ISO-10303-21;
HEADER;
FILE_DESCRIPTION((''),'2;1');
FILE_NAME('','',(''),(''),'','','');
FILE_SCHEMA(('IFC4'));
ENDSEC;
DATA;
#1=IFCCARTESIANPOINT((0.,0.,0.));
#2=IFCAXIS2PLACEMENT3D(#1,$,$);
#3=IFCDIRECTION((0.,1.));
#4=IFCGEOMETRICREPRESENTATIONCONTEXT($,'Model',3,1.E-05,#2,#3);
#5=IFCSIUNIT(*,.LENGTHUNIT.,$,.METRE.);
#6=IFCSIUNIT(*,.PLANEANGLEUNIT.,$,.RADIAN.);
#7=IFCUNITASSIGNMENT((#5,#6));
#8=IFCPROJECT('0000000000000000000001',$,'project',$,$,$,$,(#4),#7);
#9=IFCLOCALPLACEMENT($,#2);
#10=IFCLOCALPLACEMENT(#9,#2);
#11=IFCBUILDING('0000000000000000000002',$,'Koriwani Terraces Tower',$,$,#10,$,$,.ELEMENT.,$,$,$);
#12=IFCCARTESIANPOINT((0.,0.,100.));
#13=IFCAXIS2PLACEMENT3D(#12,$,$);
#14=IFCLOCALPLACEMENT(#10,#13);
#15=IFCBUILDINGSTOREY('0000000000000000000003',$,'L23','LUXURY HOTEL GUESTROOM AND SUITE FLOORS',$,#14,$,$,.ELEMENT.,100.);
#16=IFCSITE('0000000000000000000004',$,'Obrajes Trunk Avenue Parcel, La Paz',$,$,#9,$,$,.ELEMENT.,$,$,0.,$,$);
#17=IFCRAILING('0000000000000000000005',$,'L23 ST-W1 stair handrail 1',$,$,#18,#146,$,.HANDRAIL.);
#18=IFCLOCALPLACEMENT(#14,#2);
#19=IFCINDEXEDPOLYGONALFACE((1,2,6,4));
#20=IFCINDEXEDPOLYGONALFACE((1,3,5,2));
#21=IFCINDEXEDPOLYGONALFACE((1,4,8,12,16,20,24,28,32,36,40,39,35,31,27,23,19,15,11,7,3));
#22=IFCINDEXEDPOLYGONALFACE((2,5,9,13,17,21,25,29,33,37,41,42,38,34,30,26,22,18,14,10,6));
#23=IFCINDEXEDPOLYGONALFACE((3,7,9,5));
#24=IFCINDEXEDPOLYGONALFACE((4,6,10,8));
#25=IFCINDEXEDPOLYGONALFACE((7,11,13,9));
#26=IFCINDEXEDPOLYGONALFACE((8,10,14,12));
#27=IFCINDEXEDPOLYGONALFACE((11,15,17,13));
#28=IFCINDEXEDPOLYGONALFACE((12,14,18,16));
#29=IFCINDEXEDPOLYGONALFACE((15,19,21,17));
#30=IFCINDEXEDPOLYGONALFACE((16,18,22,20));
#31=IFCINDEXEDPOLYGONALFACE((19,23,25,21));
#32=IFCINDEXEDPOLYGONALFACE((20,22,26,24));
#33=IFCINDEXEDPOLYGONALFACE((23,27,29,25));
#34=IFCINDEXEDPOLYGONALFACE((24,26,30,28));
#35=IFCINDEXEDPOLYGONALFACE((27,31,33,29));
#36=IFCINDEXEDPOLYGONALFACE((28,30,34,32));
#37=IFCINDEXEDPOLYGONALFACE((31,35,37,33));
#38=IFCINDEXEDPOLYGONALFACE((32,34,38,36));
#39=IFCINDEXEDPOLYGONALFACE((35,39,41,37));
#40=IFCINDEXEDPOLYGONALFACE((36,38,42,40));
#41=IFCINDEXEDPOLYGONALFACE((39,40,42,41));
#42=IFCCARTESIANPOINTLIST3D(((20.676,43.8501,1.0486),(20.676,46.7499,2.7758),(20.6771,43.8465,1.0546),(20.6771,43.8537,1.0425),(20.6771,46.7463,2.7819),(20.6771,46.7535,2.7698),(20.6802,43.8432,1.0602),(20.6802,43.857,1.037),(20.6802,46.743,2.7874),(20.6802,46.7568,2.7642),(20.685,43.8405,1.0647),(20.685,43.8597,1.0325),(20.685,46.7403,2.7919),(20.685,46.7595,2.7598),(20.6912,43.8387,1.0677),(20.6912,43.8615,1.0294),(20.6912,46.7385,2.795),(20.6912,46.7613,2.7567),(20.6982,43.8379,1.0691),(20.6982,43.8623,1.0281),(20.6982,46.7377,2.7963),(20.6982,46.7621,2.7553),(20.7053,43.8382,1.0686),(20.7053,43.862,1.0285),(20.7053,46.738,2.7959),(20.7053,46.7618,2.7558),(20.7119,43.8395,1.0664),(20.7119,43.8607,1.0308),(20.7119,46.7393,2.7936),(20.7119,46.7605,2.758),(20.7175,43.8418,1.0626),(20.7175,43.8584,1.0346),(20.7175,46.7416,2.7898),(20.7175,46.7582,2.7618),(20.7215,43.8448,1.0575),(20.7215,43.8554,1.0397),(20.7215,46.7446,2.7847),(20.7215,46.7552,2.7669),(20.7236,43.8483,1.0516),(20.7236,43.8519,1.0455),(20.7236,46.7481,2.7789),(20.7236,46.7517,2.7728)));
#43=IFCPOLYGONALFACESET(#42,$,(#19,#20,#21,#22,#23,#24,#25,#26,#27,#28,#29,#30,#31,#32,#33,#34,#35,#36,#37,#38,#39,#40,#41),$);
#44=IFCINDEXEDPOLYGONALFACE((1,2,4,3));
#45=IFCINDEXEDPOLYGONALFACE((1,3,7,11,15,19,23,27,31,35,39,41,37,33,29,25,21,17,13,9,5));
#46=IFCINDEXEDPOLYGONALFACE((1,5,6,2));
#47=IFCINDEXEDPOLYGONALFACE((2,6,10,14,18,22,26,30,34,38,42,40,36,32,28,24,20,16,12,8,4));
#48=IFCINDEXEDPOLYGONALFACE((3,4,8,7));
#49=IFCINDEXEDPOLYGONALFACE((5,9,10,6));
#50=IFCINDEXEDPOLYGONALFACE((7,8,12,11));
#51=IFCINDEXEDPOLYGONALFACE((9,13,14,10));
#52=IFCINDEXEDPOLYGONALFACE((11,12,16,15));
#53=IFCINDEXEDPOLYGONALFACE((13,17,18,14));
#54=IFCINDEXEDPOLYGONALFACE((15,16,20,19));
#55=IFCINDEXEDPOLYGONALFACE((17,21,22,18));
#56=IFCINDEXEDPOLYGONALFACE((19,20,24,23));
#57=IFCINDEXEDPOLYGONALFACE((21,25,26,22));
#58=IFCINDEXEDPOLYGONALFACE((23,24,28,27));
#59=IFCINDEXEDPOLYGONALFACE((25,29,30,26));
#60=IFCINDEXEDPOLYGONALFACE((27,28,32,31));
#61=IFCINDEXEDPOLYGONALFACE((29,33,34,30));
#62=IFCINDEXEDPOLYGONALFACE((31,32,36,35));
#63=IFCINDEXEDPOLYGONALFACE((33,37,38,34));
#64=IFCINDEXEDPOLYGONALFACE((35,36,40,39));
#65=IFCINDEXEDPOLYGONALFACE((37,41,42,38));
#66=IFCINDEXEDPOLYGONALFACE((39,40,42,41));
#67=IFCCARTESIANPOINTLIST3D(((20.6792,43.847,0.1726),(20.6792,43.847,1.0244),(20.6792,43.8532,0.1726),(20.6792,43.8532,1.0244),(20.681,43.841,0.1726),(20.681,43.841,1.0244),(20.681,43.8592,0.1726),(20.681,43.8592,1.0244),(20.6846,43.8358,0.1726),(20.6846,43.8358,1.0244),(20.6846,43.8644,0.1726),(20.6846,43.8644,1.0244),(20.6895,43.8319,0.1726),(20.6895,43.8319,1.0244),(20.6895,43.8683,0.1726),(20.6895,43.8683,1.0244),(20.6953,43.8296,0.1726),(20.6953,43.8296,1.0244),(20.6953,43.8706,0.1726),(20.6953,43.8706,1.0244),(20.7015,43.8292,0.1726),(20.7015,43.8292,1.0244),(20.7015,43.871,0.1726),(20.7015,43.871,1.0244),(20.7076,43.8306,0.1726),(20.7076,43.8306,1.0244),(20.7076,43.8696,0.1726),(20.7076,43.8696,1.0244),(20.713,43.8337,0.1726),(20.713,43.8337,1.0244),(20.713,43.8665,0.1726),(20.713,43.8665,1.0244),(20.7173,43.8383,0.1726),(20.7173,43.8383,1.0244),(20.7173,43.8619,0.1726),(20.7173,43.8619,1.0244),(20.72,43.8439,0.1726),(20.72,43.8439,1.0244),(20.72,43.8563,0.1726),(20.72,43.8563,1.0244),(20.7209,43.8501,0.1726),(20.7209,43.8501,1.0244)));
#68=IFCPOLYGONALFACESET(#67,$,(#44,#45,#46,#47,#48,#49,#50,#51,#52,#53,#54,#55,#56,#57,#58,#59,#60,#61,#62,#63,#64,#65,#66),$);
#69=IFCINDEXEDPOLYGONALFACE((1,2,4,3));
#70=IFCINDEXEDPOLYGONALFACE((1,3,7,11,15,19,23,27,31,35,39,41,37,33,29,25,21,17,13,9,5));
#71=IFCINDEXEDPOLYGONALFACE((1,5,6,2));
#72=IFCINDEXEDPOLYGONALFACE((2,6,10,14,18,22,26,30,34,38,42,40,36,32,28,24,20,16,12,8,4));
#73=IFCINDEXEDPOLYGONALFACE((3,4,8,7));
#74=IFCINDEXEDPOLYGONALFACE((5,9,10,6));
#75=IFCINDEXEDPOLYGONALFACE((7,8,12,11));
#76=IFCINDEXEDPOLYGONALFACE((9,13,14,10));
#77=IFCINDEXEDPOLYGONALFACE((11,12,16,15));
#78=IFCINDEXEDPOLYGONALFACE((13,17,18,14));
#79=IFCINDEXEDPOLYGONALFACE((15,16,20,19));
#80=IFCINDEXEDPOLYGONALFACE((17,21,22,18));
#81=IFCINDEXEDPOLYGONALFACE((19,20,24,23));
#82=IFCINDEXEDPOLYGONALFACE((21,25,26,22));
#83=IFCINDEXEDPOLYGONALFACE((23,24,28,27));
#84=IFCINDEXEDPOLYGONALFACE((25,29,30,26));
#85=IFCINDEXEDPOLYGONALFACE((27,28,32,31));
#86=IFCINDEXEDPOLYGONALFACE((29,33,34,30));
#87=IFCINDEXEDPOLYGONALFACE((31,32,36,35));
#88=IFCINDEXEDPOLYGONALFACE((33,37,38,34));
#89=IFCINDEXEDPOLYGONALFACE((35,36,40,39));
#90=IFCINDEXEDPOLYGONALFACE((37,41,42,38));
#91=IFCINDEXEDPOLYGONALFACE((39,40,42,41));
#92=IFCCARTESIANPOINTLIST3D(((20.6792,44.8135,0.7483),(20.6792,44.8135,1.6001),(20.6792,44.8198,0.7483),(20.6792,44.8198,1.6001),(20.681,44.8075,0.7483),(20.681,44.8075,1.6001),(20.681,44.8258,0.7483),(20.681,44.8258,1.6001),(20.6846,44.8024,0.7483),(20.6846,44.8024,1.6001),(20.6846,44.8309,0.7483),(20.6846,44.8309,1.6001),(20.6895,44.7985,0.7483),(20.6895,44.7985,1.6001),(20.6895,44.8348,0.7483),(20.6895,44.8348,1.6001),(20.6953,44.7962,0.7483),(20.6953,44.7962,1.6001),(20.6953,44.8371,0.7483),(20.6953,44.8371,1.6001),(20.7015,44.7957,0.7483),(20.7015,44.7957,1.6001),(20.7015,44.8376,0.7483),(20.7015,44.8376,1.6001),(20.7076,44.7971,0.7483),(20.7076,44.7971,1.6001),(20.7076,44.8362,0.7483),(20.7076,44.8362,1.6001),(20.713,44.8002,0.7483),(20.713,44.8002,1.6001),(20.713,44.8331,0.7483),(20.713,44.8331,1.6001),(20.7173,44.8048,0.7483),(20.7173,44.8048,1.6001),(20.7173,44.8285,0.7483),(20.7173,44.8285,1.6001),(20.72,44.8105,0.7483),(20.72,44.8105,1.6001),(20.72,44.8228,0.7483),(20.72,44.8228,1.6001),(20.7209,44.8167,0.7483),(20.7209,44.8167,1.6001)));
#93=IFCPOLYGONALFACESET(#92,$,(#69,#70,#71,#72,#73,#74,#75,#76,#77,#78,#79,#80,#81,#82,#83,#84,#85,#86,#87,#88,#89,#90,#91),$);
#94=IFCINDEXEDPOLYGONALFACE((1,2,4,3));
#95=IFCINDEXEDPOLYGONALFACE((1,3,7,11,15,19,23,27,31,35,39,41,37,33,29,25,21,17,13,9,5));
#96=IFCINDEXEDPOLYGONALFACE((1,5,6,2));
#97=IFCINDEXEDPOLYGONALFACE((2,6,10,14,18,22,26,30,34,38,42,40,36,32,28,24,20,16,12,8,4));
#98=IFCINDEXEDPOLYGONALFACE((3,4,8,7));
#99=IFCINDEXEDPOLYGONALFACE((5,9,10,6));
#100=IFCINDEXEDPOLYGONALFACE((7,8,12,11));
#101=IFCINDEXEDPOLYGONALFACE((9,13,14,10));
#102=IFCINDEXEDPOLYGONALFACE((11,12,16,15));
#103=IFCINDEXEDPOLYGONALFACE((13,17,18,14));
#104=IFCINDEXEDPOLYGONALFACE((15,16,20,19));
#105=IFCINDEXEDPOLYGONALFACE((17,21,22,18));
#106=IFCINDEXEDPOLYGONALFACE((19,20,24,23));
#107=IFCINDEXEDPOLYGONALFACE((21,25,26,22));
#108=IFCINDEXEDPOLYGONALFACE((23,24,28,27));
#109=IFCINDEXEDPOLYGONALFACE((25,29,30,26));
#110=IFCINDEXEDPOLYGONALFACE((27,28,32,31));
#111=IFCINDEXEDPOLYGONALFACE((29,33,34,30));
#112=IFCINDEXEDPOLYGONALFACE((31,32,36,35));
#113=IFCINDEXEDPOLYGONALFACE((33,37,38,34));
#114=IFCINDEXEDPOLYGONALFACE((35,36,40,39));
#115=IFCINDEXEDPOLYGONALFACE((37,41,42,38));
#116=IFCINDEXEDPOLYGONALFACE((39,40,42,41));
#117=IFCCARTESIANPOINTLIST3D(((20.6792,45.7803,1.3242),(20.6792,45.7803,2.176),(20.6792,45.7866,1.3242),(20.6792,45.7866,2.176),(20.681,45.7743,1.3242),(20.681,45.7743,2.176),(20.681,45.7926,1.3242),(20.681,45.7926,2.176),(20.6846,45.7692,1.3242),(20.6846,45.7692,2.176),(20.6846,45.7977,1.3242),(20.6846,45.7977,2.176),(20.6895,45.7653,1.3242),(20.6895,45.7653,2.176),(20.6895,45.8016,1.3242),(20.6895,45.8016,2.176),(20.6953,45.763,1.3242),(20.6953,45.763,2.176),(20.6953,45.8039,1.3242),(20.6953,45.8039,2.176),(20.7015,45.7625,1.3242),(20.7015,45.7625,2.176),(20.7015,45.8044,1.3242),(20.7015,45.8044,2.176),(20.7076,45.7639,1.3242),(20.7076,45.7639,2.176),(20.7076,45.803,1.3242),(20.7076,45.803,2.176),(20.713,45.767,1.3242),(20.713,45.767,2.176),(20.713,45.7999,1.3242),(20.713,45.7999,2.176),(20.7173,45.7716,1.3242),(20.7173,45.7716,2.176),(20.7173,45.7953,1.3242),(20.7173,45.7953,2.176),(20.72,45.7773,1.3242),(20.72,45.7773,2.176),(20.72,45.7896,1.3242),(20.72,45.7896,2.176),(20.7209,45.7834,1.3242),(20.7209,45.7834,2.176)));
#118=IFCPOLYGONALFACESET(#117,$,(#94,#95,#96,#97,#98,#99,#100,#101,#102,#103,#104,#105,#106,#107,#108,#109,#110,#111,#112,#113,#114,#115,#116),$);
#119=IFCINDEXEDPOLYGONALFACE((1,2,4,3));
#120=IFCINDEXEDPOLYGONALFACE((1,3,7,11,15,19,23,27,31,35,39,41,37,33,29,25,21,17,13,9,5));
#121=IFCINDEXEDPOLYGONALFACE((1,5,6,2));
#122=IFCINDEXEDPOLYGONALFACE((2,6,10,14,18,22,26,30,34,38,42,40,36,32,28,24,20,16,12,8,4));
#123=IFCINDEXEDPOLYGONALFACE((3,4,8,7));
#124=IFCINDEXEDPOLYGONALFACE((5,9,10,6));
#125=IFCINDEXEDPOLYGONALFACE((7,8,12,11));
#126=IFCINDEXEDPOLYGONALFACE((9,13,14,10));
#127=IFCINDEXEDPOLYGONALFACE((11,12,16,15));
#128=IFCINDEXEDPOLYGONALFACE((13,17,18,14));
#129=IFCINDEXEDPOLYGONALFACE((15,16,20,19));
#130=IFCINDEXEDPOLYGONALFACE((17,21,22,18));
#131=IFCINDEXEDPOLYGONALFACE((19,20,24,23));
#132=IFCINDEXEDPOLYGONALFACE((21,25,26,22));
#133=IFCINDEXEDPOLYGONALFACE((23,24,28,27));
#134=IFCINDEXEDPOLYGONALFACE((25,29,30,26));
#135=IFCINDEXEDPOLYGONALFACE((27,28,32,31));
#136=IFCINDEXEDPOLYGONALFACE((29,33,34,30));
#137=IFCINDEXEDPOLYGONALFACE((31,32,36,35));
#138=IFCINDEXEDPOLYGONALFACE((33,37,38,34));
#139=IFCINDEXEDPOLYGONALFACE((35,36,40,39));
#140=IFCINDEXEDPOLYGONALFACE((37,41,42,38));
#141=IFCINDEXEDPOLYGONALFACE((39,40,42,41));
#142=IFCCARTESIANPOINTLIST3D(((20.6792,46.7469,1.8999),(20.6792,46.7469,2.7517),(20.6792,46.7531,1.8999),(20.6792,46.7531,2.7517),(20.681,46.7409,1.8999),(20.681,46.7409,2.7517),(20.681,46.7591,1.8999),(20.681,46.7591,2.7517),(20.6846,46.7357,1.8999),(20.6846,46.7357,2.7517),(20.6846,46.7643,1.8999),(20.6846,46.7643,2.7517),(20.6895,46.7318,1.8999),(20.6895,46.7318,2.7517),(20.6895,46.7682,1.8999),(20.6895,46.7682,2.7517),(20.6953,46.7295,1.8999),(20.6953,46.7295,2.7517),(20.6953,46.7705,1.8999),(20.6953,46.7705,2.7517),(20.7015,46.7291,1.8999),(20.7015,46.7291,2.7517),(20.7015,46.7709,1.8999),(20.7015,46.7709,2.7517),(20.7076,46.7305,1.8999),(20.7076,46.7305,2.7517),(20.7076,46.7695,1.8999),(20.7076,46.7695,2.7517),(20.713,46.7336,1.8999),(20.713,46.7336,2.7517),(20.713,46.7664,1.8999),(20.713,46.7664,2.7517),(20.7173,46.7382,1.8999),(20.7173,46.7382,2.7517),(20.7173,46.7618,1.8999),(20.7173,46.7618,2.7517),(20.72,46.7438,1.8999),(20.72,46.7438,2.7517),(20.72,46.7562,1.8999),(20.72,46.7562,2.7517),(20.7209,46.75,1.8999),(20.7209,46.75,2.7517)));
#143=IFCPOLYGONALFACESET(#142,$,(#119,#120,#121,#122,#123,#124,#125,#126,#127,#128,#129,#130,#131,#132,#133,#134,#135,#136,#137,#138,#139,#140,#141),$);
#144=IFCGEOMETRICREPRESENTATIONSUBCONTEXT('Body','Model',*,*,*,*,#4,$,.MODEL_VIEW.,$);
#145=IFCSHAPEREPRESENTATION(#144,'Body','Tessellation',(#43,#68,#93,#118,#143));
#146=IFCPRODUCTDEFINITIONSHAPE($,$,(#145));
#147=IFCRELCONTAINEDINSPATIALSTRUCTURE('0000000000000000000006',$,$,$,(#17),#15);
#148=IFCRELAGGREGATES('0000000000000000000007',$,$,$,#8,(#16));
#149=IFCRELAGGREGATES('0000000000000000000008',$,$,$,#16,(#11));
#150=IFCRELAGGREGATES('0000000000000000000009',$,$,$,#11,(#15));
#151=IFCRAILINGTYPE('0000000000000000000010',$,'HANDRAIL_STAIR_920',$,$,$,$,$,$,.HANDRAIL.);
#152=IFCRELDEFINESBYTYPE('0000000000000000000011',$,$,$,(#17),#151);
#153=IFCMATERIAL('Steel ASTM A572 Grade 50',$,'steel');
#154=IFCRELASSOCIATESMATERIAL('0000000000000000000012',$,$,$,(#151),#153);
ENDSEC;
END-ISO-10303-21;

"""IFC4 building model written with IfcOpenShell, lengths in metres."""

from ifc_helpers import new_model, si_unit, direction, frame, origin, origin_2d, place, context, subcontext, project, spatial, circle, extrude, material, type_object, element, save


model = new_model("IFC4")

# Units and contexts
model_context = context("Model", 3, precision=1e-05, world=origin(), true_north=direction((0.0, 1.0)))
body_context = subcontext(model_context, "Body", "Model", "MODEL_VIEW")
ifc_project = project(units=[si_unit("LENGTHUNIT", "METRE"), si_unit("PLANEANGLEUNIT", "RADIAN")], contexts=[model_context])

# Site, building, storey
site_placement = place(None, origin())
site = spatial("IfcSite", under=ifc_project, at=site_placement, Name="Obrajes Trunk Avenue Parcel, La Paz", CompositionType="ELEMENT", RefElevation=0.0)
building_placement = place(site_placement, origin())
building = spatial("IfcBuilding", under=site, at=building_placement, Name="Koriwani Terraces Tower", CompositionType="ELEMENT")
storey_placement = place(building_placement, frame((0.0, 0.0, 100.0)))
storey = spatial("IfcBuildingStorey", under=building, at=storey_placement, Name="L23", Description="LUXURY HOTEL GUESTROOM AND SUITE FLOORS", CompositionType="ELEMENT", Elevation=100.0)

# Shared definitions
ifc_material_1 = material(Name="Steel ASTM A572 Grade 50", Category="steel")

# Railing
railing_type_1 = type_object("IfcRailingType", Name="HANDRAIL_STAIR_920", PredefinedType="HANDRAIL", material=ifc_material_1)
railing_1_placement = place(storey_placement, frame((20.7, 43.8501, 0.1726)))
element("IfcRailing", 1, at=railing_1_placement, inside=storey, type_object=railing_type_1, Name="L23 ST-W1 stair handrail 1", PredefinedType="HANDRAIL", context=body_context, shape_type="SweptSolid", body=[
    extrude(circle(Radius=0.0239, at=origin_2d()), frame((0.0, 0.0, 0.876), z_axis=(0.0, 0.859141, 0.511738), x_axis=(-1.0, 0.0, 0.0)), (0.0, 0.0, 1.0), 3.3752),
    extrude(circle(Radius=0.021, at=origin_2d()), origin(), (0.0, 0.0, 1.0), 0.8518),
    extrude(circle(Radius=0.021, at=origin_2d()), frame((0.0, 0.9666, 0.5757)), (0.0, 0.0, 1.0), 0.8518),
    extrude(circle(Radius=0.021, at=origin_2d()), frame((0.0, 1.9333, 1.1516)), (0.0, 0.0, 1.0), 0.8518),
    extrude(circle(Radius=0.021, at=origin_2d()), frame((0.0, 2.8999, 1.7273)), (0.0, 0.0, 1.0), 0.8518),
])

save(model, "model.ifc")
